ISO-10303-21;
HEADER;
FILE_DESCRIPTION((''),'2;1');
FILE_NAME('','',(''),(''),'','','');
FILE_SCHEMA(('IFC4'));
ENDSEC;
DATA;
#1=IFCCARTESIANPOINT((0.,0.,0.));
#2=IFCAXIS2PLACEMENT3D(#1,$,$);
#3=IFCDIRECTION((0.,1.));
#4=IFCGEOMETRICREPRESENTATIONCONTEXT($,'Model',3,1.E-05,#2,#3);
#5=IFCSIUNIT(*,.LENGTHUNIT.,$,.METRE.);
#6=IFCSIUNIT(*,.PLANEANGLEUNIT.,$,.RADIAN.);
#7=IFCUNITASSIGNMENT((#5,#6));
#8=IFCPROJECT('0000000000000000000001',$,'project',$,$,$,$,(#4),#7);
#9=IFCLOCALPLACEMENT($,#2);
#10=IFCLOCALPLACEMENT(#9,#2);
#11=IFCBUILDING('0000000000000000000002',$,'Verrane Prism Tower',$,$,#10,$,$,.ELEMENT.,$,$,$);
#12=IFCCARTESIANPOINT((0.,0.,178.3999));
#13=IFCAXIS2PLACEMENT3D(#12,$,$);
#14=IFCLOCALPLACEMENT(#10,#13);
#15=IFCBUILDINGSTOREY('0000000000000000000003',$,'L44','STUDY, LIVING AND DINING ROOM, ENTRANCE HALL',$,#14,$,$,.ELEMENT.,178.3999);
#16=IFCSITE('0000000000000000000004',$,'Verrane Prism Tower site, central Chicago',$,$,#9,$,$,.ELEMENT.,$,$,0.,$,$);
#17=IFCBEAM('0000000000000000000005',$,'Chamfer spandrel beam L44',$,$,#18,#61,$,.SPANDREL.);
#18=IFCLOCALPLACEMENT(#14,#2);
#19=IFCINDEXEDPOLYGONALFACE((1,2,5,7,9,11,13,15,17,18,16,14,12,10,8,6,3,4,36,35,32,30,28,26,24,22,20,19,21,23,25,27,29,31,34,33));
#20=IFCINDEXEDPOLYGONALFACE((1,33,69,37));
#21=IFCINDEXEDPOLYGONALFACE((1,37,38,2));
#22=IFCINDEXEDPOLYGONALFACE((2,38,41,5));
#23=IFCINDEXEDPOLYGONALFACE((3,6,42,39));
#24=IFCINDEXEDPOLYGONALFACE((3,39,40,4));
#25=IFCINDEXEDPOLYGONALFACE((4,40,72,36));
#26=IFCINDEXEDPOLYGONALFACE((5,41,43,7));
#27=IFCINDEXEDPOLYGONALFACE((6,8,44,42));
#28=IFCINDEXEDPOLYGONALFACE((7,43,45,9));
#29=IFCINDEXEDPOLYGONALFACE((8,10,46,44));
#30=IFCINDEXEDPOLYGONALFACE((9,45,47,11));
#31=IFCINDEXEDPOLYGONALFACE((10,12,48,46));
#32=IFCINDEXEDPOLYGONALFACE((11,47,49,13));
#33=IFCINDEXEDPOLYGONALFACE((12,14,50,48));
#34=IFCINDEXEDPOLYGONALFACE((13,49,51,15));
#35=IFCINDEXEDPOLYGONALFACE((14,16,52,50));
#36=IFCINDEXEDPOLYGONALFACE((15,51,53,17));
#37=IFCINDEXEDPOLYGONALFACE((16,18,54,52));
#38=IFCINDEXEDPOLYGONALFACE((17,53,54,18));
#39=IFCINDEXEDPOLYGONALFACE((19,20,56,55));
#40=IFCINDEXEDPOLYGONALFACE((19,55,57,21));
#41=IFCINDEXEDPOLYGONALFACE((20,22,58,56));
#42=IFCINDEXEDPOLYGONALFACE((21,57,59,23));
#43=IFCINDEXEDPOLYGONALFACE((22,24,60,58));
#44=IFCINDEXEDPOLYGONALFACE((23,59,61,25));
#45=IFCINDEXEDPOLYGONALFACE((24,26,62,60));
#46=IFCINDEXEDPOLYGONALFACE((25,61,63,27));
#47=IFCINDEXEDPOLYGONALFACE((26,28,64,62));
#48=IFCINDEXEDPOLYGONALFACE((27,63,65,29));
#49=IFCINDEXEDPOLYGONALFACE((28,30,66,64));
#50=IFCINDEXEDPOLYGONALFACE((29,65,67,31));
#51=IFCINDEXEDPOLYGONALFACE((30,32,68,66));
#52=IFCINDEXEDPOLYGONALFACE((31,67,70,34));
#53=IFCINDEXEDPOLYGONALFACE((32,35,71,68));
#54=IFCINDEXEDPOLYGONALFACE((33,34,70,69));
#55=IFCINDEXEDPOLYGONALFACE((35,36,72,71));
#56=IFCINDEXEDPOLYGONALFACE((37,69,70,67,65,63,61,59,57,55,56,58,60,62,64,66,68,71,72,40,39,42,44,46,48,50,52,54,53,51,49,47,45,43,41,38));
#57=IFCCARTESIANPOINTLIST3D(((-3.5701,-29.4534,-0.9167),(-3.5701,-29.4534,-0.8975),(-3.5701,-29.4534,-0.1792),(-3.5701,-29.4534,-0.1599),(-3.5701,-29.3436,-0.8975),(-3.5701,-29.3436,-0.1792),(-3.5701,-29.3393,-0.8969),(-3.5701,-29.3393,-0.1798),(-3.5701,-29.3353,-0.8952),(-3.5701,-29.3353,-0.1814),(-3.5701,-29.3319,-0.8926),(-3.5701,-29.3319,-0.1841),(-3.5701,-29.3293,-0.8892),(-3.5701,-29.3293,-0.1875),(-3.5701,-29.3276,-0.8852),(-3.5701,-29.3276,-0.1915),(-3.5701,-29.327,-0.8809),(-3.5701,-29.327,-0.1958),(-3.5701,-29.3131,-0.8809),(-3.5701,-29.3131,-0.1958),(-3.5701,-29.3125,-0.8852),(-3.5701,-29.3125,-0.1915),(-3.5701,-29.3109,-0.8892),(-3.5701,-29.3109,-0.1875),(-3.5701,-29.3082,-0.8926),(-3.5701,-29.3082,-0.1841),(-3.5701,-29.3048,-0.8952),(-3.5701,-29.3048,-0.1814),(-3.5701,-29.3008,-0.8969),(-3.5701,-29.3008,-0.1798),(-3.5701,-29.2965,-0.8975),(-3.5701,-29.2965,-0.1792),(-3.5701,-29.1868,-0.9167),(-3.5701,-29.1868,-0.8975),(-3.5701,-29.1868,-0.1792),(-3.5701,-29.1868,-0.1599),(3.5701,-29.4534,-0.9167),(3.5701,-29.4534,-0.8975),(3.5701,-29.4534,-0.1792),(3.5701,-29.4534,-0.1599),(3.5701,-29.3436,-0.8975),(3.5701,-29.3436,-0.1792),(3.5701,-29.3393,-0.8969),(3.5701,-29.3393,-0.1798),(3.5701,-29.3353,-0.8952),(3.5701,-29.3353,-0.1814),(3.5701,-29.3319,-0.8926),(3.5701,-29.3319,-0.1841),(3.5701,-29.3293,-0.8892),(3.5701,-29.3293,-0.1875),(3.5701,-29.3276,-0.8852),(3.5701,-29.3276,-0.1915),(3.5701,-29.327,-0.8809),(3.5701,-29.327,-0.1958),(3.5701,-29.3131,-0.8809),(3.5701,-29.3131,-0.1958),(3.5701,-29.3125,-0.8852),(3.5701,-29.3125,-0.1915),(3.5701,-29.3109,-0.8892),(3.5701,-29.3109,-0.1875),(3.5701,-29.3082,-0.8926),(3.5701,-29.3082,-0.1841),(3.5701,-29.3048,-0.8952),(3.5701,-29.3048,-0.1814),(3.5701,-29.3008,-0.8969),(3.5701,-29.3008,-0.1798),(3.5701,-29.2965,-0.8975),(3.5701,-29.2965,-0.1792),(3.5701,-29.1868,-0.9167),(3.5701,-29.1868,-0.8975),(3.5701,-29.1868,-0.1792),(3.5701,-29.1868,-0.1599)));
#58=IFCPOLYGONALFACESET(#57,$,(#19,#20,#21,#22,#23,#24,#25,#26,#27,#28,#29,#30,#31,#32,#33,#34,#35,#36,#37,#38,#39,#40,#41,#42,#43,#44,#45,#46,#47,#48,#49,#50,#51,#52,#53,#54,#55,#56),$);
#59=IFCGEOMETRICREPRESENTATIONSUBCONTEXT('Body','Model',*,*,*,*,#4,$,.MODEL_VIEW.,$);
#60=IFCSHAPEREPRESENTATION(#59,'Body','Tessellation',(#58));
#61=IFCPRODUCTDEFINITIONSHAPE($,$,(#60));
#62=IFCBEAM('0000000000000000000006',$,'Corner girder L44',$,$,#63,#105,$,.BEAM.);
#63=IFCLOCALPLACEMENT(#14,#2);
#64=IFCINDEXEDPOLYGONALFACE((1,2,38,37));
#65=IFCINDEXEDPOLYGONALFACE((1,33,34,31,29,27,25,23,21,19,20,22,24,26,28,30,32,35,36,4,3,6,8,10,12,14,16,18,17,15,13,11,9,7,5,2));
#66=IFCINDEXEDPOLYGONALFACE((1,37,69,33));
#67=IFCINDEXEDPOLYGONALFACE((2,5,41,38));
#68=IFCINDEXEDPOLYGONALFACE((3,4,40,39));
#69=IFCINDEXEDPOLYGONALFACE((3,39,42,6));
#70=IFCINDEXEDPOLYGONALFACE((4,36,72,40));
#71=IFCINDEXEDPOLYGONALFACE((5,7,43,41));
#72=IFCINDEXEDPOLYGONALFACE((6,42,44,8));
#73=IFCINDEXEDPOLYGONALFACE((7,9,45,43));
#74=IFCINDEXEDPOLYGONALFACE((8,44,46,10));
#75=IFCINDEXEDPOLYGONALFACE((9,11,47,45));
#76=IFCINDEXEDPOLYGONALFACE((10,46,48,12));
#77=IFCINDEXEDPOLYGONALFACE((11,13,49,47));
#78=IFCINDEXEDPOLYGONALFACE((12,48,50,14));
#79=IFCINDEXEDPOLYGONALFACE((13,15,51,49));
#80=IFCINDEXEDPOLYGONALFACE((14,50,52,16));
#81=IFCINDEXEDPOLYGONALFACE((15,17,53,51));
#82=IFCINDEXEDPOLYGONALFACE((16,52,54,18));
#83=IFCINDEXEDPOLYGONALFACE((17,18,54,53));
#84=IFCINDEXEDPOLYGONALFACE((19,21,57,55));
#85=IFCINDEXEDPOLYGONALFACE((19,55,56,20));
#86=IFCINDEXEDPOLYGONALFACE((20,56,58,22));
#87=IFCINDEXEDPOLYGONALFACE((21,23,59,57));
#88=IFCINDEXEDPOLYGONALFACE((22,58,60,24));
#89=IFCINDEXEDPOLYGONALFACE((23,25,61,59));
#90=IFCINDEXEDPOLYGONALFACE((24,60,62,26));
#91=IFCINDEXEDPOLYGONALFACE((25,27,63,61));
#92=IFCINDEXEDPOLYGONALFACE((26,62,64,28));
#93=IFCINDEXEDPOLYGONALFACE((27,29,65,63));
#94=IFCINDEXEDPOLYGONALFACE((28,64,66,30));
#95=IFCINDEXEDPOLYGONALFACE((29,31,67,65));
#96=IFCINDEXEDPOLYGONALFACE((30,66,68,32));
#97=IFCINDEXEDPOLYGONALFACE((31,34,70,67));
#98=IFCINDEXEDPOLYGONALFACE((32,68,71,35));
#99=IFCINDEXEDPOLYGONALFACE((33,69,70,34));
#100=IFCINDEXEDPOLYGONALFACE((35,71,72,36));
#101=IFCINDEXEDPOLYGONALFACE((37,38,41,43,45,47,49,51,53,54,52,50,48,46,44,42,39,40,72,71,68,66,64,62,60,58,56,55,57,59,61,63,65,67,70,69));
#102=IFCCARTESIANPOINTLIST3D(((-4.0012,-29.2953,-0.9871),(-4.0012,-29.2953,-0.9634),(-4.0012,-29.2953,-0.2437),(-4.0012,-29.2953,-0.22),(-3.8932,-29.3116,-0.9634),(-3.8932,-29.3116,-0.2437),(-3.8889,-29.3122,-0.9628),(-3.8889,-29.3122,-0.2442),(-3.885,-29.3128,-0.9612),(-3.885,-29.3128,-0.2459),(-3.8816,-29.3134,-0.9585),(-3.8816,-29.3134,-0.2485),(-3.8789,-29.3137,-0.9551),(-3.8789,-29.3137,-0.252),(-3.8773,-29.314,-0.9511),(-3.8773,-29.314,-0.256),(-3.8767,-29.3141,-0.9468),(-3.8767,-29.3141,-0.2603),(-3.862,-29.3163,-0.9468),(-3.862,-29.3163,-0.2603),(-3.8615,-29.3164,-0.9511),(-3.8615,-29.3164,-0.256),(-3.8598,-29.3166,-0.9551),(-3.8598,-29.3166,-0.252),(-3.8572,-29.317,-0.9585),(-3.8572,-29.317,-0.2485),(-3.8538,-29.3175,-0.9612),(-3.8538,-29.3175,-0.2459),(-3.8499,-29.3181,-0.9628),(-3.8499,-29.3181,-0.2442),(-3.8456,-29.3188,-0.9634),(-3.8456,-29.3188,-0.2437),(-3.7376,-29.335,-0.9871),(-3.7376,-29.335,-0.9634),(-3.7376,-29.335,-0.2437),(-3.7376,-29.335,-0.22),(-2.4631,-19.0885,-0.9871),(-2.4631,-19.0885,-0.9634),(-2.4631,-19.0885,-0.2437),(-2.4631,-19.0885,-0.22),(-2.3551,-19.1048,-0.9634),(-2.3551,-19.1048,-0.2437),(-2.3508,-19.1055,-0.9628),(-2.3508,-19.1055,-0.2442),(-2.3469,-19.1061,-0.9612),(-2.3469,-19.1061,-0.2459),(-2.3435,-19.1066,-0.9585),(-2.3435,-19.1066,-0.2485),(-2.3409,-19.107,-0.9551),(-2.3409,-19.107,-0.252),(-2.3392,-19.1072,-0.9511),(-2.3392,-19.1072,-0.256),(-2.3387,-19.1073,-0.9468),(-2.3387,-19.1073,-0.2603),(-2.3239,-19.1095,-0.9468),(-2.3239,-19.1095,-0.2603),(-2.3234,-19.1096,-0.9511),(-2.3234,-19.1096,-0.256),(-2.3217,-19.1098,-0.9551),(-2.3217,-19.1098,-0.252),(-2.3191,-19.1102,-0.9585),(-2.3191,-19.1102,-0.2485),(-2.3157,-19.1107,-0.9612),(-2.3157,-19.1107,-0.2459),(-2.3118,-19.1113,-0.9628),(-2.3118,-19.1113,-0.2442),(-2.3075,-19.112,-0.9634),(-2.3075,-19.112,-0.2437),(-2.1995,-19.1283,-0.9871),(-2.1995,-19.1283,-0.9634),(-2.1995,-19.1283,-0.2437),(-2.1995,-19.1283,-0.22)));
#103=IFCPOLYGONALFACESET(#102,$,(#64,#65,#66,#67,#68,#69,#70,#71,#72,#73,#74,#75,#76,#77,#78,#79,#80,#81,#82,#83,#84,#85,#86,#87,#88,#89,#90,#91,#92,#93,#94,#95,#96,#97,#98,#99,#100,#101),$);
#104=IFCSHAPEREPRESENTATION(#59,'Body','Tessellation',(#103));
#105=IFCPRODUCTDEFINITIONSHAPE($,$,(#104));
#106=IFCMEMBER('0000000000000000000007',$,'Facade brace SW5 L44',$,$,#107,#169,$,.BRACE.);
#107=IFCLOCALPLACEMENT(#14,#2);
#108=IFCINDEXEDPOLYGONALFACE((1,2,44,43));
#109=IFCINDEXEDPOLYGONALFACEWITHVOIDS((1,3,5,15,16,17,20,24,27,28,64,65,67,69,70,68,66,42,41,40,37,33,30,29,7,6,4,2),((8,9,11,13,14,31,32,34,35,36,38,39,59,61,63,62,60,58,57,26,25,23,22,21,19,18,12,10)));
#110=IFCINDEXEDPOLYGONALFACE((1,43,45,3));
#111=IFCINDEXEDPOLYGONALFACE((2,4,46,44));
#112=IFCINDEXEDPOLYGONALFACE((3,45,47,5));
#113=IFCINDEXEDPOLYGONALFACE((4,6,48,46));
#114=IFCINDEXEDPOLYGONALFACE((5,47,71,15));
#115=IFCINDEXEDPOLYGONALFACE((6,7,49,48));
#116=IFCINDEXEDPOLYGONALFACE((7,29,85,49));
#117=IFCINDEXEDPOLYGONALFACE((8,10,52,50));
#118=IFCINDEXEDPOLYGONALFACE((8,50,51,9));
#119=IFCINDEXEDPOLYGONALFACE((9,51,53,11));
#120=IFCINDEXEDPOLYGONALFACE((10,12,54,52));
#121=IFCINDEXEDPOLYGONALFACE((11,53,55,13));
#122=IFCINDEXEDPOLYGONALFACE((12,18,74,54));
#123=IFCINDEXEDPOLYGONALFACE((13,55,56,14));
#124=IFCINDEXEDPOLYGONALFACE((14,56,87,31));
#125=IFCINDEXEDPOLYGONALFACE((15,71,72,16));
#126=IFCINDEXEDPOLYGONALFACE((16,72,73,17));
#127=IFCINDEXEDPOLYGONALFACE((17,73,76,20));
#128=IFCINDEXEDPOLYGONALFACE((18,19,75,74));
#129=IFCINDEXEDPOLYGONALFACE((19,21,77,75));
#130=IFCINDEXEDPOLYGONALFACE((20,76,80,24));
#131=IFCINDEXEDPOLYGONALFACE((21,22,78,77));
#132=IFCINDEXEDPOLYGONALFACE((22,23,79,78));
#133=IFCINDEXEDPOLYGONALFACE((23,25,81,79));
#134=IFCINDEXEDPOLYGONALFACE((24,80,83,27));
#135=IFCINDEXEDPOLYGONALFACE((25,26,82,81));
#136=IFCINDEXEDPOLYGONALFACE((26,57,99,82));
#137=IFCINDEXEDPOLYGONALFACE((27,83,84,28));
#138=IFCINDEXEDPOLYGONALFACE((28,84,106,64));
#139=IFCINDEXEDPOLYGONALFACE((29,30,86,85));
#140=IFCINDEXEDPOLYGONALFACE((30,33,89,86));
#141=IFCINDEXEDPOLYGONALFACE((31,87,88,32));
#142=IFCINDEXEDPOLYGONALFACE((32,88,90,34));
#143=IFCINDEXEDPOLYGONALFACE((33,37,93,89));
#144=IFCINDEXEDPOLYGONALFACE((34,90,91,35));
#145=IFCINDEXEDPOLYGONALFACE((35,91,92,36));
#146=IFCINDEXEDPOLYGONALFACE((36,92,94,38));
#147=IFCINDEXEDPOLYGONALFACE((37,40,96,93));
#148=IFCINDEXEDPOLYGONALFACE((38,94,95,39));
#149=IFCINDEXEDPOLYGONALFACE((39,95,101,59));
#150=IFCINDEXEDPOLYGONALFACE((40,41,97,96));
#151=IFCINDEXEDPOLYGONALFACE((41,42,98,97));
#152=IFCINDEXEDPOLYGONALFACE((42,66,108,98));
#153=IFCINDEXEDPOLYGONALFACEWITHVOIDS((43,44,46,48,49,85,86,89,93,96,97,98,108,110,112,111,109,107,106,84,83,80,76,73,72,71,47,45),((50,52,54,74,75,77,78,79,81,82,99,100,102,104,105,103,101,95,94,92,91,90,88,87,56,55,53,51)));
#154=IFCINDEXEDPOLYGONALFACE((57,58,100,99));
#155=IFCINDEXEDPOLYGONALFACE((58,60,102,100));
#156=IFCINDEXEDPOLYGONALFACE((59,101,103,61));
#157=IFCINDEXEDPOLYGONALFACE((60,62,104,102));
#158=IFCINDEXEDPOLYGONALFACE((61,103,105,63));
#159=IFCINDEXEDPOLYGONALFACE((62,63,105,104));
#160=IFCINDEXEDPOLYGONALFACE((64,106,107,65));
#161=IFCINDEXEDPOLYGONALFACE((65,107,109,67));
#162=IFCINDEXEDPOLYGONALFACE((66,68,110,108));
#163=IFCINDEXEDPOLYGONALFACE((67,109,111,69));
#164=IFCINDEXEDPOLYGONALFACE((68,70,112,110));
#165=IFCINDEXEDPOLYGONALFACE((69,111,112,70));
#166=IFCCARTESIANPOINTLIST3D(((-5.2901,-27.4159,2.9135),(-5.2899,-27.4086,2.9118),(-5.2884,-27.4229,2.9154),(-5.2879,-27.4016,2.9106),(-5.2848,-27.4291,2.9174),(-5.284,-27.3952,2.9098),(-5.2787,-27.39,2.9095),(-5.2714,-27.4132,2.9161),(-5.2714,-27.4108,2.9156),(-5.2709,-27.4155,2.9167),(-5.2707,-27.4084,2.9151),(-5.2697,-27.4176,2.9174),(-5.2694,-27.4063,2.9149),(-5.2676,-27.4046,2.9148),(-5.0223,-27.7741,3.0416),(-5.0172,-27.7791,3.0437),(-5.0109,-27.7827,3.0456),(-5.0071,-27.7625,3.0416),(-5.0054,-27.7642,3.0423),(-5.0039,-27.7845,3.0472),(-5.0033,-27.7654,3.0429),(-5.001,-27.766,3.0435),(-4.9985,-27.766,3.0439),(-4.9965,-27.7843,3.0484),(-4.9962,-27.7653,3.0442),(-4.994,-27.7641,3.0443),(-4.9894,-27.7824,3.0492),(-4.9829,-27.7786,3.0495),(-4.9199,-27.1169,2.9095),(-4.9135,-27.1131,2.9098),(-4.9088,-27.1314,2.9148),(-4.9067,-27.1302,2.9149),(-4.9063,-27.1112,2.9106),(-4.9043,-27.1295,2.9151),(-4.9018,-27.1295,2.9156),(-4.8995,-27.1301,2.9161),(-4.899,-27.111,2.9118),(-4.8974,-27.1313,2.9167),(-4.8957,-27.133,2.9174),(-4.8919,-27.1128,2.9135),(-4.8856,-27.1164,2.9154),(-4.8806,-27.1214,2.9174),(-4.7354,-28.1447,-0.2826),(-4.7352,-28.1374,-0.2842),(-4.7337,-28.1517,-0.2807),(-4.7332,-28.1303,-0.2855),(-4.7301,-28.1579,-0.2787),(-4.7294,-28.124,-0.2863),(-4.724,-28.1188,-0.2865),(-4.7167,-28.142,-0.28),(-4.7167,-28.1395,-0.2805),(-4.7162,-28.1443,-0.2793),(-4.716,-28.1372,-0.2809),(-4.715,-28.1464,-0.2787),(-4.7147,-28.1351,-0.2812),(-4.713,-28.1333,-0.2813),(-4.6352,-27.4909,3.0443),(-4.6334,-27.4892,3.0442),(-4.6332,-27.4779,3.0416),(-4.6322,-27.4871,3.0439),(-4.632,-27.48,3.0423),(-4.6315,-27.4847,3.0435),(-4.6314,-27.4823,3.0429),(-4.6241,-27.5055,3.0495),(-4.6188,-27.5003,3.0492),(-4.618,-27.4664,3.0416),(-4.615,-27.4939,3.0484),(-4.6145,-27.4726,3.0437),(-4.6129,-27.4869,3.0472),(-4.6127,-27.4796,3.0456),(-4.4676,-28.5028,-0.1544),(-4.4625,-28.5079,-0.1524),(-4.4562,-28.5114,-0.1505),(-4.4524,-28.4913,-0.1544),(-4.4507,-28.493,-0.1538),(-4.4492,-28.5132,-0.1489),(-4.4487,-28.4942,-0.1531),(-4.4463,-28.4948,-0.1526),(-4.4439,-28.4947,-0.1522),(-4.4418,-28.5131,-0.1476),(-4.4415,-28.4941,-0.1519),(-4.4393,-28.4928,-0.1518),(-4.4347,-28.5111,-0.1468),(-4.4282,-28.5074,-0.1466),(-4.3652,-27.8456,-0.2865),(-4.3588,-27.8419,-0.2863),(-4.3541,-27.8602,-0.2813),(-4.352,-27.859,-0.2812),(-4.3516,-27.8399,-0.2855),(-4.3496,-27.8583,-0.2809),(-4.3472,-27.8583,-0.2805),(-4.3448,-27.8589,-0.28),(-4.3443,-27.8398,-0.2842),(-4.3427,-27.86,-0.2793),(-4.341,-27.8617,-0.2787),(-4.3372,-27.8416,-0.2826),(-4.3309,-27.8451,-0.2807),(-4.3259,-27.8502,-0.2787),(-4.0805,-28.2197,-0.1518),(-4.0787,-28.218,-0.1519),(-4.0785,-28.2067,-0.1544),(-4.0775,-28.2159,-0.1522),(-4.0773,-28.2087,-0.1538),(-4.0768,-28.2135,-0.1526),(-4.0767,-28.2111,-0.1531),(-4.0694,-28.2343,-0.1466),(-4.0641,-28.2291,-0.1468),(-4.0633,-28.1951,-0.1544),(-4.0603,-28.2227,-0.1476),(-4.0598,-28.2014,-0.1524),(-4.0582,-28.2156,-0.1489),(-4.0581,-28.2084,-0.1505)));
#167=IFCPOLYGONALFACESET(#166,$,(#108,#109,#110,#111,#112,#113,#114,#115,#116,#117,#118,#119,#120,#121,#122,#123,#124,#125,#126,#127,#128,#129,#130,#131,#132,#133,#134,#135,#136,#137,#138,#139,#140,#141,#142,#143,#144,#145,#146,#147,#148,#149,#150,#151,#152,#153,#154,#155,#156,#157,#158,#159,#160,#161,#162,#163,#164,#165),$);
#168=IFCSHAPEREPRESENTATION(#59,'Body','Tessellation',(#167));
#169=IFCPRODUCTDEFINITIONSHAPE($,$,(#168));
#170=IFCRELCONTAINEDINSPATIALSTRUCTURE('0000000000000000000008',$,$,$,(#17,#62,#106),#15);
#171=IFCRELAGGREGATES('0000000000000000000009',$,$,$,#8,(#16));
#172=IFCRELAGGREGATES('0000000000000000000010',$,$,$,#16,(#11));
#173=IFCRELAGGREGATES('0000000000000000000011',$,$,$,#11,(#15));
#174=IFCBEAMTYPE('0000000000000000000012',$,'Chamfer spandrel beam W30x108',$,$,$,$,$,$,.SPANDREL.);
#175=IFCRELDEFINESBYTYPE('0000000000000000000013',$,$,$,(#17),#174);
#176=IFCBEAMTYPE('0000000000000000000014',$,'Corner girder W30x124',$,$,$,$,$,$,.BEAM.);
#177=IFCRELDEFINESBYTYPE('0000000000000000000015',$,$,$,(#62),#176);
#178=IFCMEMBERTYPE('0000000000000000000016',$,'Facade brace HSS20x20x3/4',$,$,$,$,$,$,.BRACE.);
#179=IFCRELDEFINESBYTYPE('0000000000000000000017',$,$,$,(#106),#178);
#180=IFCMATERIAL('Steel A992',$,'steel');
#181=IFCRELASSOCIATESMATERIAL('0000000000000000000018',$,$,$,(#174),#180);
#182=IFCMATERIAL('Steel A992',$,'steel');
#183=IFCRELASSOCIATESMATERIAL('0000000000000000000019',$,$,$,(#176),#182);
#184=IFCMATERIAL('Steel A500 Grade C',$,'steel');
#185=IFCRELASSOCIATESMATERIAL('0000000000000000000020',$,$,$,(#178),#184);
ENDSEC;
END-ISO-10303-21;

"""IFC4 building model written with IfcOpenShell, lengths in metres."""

from ifc_helpers import new_model, si_unit, direction, frame, origin, origin_2d, place, context, subcontext, project, spatial, hollow_rectangle, i_section, extrude, material, material_profile, profile_set, type_object, element, save


model = new_model("IFC4")

# Units and contexts
model_context = context("Model", 3, precision=1e-05, world=origin(), true_north=direction((0.0, 1.0)))
body_context = subcontext(model_context, "Body", "Model", "MODEL_VIEW")
ifc_project = project(units=[si_unit("LENGTHUNIT", "METRE"), si_unit("PLANEANGLEUNIT", "RADIAN")], contexts=[model_context])

# Site, building, storey
site_placement = place(None, origin())
site = spatial("IfcSite", under=ifc_project, at=site_placement, Name="Verrane Prism Tower site, central Chicago", CompositionType="ELEMENT", RefElevation=0.0)
building_placement = place(site_placement, origin())
building = spatial("IfcBuilding", under=site, at=building_placement, Name="Verrane Prism Tower", CompositionType="ELEMENT")
storey_placement = place(building_placement, frame((0.0, 0.0, 178.3999)))
storey = spatial("IfcBuildingStorey", under=building, at=storey_placement, Name="L44", Description="STUDY, LIVING AND DINING ROOM, ENTRANCE HALL", CompositionType="ELEMENT", Elevation=178.3999)

# Beams
ifc_material_1 = material(Name="Steel A992", Category="steel")
ifc_material_profile_1 = material_profile(ifc_material_1, i_section(OverallWidth=0.2666, OverallDepth=0.7568, WebThickness=0.0139, FlangeThickness=0.0193, FilletRadius=0.0166, at=origin_2d()), Name="W30x108")
ifc_profile_set_1 = profile_set([ifc_material_profile_1], Name="Steel A992")
beam_type_1 = type_object("IfcBeamType", Name="Chamfer spandrel beam W30x108", PredefinedType="SPANDREL", material=ifc_profile_set_1)
beam_1_placement = place(storey_placement, frame((-3.5701, -29.3201, -0.5383), z_axis=(1.0, 0.0, 0.0), x_axis=(0.0, 1.0, 0.0)))
element("IfcBeam", 1, at=beam_1_placement, inside=storey, type_object=beam_type_1, Name="Chamfer spandrel beam L44", PredefinedType="SPANDREL", context=body_context, shape_type="SweptSolid", body=[
    extrude(i_section(OverallWidth=0.2666, OverallDepth=0.7568, WebThickness=0.0139, FlangeThickness=0.0193, FilletRadius=0.0166, at=origin_2d()), origin(), (0.0, 0.0, 1.0), 7.1401),
])
ifc_material_2 = material(Name="Steel A992", Category="steel")
ifc_material_profile_2 = material_profile(ifc_material_2, i_section(OverallWidth=0.2666, OverallDepth=0.7671, WebThickness=0.0149, FlangeThickness=0.0237, FilletRadius=0.0166, at=origin_2d()), Name="W30x124")
ifc_profile_set_2 = profile_set([ifc_material_profile_2], Name="Steel A992")
beam_type_2 = type_object("IfcBeamType", Name="Corner girder W30x124", PredefinedType="BEAM", material=ifc_profile_set_2)
beam_2_placement = place(storey_placement, frame((-3.8694, -29.3152, -0.6035), z_axis=(0.14901, 0.988836, 0.0), x_axis=(-0.988836, 0.14901, 0.0)))
element("IfcBeam", 2, at=beam_2_placement, inside=storey, type_object=beam_type_2, Name="Corner girder L44", PredefinedType="BEAM", context=body_context, shape_type="SweptSolid", body=[
    extrude(i_section(OverallWidth=0.2666, OverallDepth=0.7671, WebThickness=0.0149, FlangeThickness=0.0237, FilletRadius=0.0166, at=origin_2d()), origin(), (0.0, 0.0, 1.0), 10.322),
])

# Member
ifc_material_3 = material(Name="Steel A500 Grade C", Category="steel")
ifc_material_profile_3 = material_profile(ifc_material_3, hollow_rectangle(XDim=0.5081, YDim=0.5081, WallThickness=0.019, InnerFilletRadius=0.0095, OuterFilletRadius=0.0286, at=origin_2d()), Name="HSS20x20x3/4")
ifc_profile_set_3 = profile_set([ifc_material_profile_3], Name="Steel A500 Grade C")
member_type_1 = type_object("IfcMemberType", Name="Facade brace HSS20x20x3/4", PredefinedType="BRACE", material=ifc_profile_set_3)
member_1_placement = place(storey_placement, frame((-4.3967, -28.1765, -0.2166), z_axis=(-0.16684, 0.219197, 0.96131), x_axis=(-0.795725, -0.605658, 0.0)))
element("IfcMember", 3, at=member_1_placement, inside=storey, type_object=member_type_1, Name="Facade brace SW5 L44", PredefinedType="BRACE", context=body_context, shape_type="SweptSolid", body=[
    extrude(hollow_rectangle(XDim=0.5081, YDim=0.5081, WallThickness=0.019, InnerFilletRadius=0.0095, OuterFilletRadius=0.0286, at=origin_2d()), origin(), (0.0, 0.0, 1.0), 3.3247),
])

save(model, "model.ifc")
